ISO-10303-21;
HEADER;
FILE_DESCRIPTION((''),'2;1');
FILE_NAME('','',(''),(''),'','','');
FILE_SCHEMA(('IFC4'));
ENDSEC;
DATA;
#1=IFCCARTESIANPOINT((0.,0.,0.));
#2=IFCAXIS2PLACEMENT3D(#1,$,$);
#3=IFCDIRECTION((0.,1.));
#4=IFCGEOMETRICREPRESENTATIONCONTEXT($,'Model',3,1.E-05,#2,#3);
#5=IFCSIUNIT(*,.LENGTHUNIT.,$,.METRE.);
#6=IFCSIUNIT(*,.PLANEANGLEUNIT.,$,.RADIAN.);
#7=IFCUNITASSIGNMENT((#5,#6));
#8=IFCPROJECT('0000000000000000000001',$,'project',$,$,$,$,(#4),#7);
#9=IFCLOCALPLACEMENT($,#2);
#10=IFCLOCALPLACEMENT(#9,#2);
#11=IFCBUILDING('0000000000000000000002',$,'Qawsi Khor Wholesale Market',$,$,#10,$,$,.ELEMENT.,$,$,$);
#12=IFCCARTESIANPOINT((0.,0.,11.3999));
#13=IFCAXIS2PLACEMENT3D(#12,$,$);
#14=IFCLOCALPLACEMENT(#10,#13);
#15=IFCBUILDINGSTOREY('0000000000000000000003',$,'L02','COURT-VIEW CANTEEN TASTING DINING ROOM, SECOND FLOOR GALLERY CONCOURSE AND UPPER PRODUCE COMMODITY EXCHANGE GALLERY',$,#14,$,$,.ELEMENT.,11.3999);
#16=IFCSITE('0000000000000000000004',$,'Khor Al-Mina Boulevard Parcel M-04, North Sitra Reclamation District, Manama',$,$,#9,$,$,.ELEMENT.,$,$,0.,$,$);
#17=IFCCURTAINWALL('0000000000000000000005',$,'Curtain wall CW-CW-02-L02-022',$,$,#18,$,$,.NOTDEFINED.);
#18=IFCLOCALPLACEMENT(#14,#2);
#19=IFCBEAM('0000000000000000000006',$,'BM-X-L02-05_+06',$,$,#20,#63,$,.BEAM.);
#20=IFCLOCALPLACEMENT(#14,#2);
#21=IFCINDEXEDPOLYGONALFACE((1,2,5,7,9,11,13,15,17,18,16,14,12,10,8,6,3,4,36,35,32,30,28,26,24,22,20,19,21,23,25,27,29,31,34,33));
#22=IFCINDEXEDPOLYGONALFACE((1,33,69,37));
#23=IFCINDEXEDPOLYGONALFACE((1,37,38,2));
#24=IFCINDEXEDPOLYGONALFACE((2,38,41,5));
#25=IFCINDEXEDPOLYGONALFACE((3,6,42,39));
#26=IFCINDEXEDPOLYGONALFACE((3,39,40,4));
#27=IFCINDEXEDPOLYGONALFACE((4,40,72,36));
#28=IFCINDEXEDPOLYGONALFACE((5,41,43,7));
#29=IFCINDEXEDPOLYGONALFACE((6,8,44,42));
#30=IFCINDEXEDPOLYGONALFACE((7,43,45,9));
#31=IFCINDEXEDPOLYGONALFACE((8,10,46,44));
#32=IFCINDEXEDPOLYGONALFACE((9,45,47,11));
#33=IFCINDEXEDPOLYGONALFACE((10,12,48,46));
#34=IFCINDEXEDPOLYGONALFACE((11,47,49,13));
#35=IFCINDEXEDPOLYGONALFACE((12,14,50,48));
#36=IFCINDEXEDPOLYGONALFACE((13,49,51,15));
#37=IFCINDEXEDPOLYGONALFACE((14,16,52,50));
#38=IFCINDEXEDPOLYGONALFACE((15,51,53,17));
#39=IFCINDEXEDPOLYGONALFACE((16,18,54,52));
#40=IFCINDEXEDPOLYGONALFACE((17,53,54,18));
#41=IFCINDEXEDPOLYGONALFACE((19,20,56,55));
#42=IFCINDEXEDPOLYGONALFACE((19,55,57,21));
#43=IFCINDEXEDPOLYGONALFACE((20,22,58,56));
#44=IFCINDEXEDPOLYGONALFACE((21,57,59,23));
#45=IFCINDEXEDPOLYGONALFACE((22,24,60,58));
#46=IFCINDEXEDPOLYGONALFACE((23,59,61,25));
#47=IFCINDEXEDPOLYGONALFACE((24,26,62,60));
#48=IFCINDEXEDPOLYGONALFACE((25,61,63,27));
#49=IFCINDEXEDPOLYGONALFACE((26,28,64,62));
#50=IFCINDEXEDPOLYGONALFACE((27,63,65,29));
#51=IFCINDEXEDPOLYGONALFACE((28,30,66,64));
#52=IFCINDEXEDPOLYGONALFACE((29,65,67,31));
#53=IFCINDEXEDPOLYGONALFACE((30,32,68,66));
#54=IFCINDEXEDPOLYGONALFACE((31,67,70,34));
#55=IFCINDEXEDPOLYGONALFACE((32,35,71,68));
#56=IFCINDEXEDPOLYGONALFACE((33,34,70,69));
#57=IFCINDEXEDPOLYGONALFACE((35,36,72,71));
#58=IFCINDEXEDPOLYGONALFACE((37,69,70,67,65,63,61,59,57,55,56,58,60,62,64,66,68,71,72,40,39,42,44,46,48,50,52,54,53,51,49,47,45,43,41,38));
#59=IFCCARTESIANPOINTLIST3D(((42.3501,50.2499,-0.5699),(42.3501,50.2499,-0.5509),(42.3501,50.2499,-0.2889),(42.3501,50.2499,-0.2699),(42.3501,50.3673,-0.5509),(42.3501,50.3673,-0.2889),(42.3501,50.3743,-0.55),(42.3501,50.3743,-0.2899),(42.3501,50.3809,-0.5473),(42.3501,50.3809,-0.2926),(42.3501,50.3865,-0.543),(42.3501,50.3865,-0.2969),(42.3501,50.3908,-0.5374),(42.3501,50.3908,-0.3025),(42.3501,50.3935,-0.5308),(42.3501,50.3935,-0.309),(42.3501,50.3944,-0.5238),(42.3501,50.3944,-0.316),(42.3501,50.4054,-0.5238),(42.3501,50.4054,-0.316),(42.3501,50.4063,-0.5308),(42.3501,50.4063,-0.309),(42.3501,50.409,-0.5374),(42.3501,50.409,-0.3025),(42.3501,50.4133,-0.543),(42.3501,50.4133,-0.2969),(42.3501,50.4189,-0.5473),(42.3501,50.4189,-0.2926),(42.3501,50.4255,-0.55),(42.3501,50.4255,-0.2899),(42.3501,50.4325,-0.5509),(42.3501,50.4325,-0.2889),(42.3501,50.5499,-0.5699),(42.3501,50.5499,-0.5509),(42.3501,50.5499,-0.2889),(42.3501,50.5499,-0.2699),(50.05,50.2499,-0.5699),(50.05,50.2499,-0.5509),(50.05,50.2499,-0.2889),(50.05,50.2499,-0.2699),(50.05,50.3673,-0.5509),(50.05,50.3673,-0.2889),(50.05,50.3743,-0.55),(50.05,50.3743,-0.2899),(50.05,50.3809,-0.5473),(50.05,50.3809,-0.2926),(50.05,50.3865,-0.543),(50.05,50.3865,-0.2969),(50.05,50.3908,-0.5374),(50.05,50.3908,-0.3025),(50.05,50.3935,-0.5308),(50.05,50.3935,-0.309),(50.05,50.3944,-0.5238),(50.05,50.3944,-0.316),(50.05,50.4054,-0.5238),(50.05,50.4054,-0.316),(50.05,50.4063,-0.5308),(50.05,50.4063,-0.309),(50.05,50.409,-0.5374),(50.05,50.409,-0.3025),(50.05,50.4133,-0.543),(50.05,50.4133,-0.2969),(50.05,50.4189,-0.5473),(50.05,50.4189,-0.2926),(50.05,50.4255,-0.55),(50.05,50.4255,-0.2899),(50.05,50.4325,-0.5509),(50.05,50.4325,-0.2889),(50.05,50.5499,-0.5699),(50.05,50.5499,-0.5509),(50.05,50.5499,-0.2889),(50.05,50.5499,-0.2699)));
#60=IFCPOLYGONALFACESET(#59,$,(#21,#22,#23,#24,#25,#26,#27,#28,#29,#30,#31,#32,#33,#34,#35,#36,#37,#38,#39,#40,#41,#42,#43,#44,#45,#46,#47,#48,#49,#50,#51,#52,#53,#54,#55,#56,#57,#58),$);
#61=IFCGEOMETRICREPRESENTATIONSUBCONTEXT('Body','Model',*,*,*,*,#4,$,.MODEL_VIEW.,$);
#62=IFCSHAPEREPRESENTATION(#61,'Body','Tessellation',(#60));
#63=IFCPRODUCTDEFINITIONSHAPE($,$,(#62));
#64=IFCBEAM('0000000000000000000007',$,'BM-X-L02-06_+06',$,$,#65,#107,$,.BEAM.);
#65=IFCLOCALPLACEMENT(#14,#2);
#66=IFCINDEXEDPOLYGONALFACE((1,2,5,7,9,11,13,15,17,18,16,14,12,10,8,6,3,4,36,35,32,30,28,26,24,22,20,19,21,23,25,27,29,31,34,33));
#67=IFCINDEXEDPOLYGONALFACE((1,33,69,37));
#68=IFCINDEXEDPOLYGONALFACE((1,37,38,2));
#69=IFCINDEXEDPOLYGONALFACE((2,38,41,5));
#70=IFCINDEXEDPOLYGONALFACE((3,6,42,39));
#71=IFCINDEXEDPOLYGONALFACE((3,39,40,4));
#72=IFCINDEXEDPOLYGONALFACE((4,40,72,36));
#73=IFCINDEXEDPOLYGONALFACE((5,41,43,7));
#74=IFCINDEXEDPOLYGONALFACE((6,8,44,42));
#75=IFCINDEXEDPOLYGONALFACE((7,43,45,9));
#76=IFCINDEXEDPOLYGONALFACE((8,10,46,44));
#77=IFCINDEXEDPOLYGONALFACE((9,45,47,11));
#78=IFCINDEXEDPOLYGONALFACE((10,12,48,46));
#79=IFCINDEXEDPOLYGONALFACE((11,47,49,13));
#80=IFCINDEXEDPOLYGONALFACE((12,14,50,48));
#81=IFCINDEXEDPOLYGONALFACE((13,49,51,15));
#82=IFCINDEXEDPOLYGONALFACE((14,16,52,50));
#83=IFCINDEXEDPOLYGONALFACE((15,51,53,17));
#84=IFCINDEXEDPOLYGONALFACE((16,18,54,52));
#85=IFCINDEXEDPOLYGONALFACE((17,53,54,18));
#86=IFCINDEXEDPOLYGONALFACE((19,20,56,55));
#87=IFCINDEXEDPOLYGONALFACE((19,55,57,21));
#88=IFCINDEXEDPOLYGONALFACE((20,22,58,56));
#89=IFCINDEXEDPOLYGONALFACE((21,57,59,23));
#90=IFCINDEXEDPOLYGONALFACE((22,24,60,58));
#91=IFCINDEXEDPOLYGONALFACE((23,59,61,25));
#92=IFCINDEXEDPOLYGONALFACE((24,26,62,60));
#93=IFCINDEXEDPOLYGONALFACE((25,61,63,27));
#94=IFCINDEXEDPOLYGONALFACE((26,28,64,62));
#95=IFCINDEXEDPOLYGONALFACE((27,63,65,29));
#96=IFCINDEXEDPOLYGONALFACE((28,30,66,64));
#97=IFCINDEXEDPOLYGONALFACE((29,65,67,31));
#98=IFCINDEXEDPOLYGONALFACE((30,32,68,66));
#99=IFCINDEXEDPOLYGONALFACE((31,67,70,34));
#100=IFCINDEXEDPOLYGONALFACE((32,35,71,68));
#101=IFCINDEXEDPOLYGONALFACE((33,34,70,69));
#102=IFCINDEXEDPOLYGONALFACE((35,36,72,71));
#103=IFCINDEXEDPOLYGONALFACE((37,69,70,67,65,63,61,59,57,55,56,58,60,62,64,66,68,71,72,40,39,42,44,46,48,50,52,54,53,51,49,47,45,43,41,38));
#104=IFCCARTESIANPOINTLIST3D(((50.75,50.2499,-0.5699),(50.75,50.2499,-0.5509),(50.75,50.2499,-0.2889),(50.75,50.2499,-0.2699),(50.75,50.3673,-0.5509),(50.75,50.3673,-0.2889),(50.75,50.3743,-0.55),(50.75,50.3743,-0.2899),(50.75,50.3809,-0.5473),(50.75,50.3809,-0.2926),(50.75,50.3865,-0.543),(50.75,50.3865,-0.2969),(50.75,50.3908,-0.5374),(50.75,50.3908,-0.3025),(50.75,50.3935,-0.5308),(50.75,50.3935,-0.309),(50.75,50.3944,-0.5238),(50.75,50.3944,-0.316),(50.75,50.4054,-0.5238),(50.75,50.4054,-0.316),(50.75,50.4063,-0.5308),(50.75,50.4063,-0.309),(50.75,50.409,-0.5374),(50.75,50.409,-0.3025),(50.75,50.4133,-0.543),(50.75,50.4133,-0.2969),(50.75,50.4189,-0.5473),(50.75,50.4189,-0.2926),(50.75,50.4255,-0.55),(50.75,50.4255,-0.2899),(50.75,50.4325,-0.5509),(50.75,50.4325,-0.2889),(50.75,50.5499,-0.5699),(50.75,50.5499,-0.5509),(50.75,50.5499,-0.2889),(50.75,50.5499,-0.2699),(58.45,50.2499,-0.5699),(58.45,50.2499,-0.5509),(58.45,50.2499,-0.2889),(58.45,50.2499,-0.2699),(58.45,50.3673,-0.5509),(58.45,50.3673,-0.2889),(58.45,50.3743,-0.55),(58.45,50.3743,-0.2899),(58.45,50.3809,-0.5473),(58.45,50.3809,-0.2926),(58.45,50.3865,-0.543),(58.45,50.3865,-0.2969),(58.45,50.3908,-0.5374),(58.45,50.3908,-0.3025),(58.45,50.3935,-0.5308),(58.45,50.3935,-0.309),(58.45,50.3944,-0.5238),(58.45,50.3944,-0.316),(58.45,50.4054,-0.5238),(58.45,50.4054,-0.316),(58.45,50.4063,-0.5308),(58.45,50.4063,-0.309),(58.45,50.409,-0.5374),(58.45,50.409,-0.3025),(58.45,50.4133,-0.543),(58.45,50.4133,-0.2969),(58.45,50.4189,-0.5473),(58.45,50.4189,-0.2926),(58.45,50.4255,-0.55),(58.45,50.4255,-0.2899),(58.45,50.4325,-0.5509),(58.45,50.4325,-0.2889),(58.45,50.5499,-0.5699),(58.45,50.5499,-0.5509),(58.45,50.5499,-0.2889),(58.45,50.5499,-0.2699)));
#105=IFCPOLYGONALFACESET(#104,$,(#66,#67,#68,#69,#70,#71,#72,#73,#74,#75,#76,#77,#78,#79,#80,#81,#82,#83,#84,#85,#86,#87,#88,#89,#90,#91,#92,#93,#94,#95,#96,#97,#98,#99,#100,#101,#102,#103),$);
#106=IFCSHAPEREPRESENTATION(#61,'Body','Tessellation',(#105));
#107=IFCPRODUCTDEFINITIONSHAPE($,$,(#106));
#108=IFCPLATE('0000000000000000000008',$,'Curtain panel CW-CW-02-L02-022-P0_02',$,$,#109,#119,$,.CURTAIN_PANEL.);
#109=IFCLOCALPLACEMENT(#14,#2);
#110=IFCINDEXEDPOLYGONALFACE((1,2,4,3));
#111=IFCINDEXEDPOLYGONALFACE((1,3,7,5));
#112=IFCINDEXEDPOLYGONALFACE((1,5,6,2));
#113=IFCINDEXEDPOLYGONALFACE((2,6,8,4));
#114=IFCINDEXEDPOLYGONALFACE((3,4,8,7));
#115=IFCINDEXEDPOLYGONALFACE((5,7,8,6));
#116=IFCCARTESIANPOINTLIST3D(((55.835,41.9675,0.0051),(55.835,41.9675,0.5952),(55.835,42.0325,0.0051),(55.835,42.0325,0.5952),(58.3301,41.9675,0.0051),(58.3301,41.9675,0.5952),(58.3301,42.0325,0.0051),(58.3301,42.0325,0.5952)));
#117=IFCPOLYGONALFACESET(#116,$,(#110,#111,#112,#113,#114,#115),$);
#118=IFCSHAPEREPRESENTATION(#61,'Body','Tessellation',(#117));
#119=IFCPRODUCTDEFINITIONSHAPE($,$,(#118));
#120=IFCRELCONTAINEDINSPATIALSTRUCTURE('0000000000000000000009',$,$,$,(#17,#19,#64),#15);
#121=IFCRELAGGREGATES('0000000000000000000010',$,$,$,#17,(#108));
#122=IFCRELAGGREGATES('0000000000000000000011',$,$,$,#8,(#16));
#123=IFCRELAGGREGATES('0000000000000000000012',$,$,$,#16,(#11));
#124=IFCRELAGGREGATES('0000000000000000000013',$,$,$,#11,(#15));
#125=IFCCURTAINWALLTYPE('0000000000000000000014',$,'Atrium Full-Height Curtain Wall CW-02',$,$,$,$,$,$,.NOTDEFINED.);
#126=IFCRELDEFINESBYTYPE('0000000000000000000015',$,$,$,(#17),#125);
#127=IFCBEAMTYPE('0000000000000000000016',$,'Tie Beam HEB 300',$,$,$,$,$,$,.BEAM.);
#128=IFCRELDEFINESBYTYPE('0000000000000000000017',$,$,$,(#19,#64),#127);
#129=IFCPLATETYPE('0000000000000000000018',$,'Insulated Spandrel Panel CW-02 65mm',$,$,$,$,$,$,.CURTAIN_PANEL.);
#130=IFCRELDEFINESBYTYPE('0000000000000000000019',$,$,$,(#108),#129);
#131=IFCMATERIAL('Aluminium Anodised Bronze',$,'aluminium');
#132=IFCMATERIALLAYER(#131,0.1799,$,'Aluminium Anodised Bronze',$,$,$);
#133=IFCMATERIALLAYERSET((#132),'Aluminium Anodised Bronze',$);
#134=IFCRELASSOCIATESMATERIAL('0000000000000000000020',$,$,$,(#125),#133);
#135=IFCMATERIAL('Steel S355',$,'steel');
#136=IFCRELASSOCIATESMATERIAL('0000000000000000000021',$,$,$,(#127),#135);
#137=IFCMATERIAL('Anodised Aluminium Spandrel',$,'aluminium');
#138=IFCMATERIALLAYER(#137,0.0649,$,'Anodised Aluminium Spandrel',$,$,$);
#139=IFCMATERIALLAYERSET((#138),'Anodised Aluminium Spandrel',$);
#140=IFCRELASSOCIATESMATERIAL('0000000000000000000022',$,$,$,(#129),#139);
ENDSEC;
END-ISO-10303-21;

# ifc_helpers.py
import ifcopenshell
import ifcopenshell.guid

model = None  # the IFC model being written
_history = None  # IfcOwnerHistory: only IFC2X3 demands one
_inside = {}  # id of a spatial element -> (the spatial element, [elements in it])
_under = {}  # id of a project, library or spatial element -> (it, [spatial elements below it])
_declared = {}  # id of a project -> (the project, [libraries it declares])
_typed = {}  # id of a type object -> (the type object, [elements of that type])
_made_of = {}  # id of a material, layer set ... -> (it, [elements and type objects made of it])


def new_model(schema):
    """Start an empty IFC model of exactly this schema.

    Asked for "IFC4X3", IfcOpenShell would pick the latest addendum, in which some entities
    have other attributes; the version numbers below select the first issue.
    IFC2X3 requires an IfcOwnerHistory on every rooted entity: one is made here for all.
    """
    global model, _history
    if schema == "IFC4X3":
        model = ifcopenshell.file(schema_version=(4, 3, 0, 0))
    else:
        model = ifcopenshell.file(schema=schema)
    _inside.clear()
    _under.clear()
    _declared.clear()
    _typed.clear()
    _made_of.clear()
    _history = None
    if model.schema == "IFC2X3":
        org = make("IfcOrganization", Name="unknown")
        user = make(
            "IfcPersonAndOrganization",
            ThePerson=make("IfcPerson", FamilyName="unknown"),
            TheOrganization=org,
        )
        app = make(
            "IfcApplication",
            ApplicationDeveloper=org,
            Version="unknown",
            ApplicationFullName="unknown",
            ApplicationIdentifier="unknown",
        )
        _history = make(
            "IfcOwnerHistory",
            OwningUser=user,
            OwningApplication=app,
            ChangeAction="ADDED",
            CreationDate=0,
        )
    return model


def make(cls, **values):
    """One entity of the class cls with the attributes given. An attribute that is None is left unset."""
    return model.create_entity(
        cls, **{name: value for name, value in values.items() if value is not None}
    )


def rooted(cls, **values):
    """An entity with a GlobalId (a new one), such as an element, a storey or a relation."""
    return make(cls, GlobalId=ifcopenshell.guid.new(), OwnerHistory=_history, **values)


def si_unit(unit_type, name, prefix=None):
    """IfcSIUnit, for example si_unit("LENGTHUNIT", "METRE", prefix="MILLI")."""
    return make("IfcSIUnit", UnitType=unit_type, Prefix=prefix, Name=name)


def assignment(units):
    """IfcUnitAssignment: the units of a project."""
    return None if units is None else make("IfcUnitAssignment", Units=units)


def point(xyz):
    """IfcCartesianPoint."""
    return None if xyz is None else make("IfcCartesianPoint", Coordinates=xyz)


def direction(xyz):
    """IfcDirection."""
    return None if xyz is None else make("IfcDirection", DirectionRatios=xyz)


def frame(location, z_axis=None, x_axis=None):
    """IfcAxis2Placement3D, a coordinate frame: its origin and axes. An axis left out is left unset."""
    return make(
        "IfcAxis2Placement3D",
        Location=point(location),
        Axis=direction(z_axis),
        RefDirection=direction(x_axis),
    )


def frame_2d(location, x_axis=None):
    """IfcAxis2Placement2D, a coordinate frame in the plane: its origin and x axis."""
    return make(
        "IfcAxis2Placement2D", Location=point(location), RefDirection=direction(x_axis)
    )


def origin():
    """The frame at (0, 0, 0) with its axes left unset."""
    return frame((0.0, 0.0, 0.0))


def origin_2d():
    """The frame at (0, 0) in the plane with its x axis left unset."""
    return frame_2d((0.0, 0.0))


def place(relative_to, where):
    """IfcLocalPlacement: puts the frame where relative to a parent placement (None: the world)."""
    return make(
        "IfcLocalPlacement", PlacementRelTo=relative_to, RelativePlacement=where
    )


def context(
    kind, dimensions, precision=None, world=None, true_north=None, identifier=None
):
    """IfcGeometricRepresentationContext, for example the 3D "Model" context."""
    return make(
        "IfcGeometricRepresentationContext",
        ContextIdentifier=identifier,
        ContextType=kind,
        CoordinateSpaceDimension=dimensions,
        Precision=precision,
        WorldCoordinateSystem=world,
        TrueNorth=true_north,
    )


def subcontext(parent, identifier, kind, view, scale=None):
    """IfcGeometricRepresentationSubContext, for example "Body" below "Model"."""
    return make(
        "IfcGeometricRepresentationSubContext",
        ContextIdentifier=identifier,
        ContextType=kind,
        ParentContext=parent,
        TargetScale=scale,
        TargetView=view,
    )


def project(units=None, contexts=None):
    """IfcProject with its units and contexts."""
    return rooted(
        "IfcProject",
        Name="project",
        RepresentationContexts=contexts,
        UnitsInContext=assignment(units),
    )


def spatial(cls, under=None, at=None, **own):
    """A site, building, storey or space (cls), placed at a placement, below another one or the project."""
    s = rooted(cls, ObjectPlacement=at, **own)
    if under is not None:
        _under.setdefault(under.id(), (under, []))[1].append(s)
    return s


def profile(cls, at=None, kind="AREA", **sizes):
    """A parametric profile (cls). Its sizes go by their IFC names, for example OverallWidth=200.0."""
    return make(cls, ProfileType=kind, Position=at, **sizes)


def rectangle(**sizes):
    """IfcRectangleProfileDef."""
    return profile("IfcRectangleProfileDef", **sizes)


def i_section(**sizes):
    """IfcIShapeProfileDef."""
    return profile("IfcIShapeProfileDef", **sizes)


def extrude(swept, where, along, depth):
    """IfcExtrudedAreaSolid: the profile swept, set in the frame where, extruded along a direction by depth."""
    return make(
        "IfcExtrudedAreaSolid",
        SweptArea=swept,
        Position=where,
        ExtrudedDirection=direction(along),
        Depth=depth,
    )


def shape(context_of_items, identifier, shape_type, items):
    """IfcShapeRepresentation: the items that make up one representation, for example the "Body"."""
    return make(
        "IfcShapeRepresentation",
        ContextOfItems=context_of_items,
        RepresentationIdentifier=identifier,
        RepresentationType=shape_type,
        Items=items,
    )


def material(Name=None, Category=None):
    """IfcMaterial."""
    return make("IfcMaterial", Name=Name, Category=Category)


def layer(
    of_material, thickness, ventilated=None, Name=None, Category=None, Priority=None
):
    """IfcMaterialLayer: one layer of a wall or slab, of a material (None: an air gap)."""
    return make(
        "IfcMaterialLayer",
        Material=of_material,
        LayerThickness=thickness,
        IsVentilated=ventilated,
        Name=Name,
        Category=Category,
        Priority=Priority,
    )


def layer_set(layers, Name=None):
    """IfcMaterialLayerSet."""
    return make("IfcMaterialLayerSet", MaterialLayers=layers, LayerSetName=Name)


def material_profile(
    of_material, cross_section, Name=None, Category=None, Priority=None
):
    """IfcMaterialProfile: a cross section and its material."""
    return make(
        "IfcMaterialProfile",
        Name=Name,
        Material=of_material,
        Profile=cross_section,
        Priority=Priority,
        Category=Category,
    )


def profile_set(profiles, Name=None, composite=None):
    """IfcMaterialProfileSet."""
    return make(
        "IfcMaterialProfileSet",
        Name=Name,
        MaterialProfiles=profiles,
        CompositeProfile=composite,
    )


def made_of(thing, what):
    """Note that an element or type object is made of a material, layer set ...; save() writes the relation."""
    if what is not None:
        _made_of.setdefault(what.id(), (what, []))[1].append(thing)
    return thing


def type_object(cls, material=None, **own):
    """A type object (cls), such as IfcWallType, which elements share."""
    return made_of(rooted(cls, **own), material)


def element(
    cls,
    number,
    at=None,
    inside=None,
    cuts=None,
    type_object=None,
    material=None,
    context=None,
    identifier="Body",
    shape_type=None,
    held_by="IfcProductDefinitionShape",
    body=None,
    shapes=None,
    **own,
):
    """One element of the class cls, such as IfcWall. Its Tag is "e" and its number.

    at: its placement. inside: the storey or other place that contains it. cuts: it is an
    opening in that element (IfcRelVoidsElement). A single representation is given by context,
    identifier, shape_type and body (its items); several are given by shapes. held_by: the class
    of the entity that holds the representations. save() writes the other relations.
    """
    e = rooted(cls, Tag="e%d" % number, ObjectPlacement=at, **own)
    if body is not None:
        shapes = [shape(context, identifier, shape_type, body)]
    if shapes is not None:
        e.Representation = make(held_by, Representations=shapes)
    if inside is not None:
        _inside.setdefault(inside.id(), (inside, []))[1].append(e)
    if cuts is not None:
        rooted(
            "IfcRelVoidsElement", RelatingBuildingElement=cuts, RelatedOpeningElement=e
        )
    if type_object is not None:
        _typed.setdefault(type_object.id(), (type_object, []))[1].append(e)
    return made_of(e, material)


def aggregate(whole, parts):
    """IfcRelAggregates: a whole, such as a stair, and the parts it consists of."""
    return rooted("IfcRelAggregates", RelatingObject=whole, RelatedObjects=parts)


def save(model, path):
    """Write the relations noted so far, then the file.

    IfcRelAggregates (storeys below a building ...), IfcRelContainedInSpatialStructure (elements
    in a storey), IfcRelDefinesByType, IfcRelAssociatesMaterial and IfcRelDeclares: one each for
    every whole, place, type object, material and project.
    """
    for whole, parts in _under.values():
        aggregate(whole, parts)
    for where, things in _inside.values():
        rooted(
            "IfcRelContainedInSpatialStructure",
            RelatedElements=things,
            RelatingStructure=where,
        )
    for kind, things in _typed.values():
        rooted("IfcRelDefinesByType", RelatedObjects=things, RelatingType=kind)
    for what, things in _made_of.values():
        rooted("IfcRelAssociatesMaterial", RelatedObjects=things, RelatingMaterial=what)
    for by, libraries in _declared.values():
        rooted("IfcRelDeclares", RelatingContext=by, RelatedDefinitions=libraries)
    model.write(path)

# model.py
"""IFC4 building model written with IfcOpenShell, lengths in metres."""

from ifc_helpers import new_model, si_unit, direction, frame, frame_2d, origin, origin_2d, place, context, subcontext, project, spatial, rectangle, i_section, extrude, material, layer, layer_set, material_profile, profile_set, type_object, element, aggregate, save


model = new_model("IFC4")

# Units and contexts
model_context = context("Model", 3, precision=1e-05, world=origin(), true_north=direction((0.0, 1.0)))
body_context = subcontext(model_context, "Body", "Model", "MODEL_VIEW")
ifc_project = project(units=[si_unit("LENGTHUNIT", "METRE"), si_unit("PLANEANGLEUNIT", "RADIAN")], contexts=[model_context])

# Site, building, storey
site_placement = place(None, origin())
site = spatial("IfcSite", under=ifc_project, at=site_placement, Name="Khor Al-Mina Boulevard Parcel M-04, North Sitra Reclamation District, Manama", CompositionType="ELEMENT", RefElevation=0.0)
building_placement = place(site_placement, origin())
building = spatial("IfcBuilding", under=site, at=building_placement, Name="Qawsi Khor Wholesale Market", CompositionType="ELEMENT")
storey_placement = place(building_placement, frame((0.0, 0.0, 11.3999)))
storey = spatial("IfcBuildingStorey", under=building, at=storey_placement, Name="L02", Description="COURT-VIEW CANTEEN TASTING DINING ROOM, SECOND FLOOR GALLERY CONCOURSE AND UPPER PRODUCE COMMODITY EXCHANGE GALLERY", CompositionType="ELEMENT", Elevation=11.3999)

# Curtain wall
ifc_material_1 = material(Name="Aluminium Anodised Bronze", Category="aluminium")
ifc_layer_1 = layer(ifc_material_1, 0.1799, Name="Aluminium Anodised Bronze")
ifc_layer_set_1 = layer_set([ifc_layer_1], Name="Aluminium Anodised Bronze")
curtain_wall_type = type_object("IfcCurtainWallType", Name="Atrium Full-Height Curtain Wall CW-02", PredefinedType="NOTDEFINED", material=ifc_layer_set_1)
curtain_wall_placement = place(storey_placement, origin())
curtain_wall = element("IfcCurtainWall", 1, at=curtain_wall_placement, inside=storey, type_object=curtain_wall_type, Name="Curtain wall CW-CW-02-L02-022", PredefinedType="NOTDEFINED")

# Beams
ifc_material_2 = material(Name="Steel S355", Category="steel")
ifc_material_profile_1 = material_profile(ifc_material_2, i_section(OverallWidth=0.3, OverallDepth=0.3, WebThickness=0.011, FlangeThickness=0.019, FilletRadius=0.0271, at=origin_2d()), Name="HEB 300")
ifc_profile_set_1 = profile_set([ifc_material_profile_1], Name="Steel S355")
beam_type_1 = type_object("IfcBeamType", Name="Tie Beam HEB 300", PredefinedType="BEAM", material=ifc_profile_set_1)
for number, where, z_axis, x_axis, name in (
    (2, (42.3501, 50.3999, -0.4199), (1.0, 0.0, 0.0), (0.0, 1.0, 0.0), "BM-X-L02-05_+06"),
    (3, (50.75, 50.3999, -0.4199), (1.0, 0.0, 0.0), (0.0, 1.0, 0.0), "BM-X-L02-06_+06"),
):
    element("IfcBeam", number, at=place(storey_placement, frame(where, z_axis=z_axis, x_axis=x_axis)), inside=storey, type_object=beam_type_1, Name=name, PredefinedType="BEAM", context=body_context, shape_type="SweptSolid", body=[
        extrude(i_section(OverallWidth=0.3, OverallDepth=0.3, WebThickness=0.011, FlangeThickness=0.019, FilletRadius=0.0271, at=origin_2d()), origin(), (0.0, 0.0, 1.0), 7.7),
    ])

# Plate
ifc_material_3 = material(Name="Anodised Aluminium Spandrel", Category="aluminium")
ifc_layer_2 = layer(ifc_material_3, 0.0649, Name="Anodised Aluminium Spandrel")
ifc_layer_set_2 = layer_set([ifc_layer_2], Name="Anodised Aluminium Spandrel")
plate_type = type_object("IfcPlateType", Name="Insulated Spandrel Panel CW-02 65mm", PredefinedType="CURTAIN_PANEL", material=ifc_layer_set_2)
plate_placement = place(storey_placement, frame((55.835, 42.0, 0.0051), z_axis=(0.0, 0.0, 1.0), x_axis=(1.0, 0.0, 0.0)))
plate = element("IfcPlate", 4, at=plate_placement, type_object=plate_type, Name="Curtain panel CW-CW-02-L02-022-P0_02", PredefinedType="CURTAIN_PANEL", context=body_context, shape_type="SweptSolid", body=[
    extrude(rectangle(XDim=2.4951, YDim=0.0649, at=frame_2d((1.2476, 0.0))), origin(), (0.0, 0.0, 1.0), 0.5901),
])
aggregate(curtain_wall, [plate])

save(model, "model.ifc")
